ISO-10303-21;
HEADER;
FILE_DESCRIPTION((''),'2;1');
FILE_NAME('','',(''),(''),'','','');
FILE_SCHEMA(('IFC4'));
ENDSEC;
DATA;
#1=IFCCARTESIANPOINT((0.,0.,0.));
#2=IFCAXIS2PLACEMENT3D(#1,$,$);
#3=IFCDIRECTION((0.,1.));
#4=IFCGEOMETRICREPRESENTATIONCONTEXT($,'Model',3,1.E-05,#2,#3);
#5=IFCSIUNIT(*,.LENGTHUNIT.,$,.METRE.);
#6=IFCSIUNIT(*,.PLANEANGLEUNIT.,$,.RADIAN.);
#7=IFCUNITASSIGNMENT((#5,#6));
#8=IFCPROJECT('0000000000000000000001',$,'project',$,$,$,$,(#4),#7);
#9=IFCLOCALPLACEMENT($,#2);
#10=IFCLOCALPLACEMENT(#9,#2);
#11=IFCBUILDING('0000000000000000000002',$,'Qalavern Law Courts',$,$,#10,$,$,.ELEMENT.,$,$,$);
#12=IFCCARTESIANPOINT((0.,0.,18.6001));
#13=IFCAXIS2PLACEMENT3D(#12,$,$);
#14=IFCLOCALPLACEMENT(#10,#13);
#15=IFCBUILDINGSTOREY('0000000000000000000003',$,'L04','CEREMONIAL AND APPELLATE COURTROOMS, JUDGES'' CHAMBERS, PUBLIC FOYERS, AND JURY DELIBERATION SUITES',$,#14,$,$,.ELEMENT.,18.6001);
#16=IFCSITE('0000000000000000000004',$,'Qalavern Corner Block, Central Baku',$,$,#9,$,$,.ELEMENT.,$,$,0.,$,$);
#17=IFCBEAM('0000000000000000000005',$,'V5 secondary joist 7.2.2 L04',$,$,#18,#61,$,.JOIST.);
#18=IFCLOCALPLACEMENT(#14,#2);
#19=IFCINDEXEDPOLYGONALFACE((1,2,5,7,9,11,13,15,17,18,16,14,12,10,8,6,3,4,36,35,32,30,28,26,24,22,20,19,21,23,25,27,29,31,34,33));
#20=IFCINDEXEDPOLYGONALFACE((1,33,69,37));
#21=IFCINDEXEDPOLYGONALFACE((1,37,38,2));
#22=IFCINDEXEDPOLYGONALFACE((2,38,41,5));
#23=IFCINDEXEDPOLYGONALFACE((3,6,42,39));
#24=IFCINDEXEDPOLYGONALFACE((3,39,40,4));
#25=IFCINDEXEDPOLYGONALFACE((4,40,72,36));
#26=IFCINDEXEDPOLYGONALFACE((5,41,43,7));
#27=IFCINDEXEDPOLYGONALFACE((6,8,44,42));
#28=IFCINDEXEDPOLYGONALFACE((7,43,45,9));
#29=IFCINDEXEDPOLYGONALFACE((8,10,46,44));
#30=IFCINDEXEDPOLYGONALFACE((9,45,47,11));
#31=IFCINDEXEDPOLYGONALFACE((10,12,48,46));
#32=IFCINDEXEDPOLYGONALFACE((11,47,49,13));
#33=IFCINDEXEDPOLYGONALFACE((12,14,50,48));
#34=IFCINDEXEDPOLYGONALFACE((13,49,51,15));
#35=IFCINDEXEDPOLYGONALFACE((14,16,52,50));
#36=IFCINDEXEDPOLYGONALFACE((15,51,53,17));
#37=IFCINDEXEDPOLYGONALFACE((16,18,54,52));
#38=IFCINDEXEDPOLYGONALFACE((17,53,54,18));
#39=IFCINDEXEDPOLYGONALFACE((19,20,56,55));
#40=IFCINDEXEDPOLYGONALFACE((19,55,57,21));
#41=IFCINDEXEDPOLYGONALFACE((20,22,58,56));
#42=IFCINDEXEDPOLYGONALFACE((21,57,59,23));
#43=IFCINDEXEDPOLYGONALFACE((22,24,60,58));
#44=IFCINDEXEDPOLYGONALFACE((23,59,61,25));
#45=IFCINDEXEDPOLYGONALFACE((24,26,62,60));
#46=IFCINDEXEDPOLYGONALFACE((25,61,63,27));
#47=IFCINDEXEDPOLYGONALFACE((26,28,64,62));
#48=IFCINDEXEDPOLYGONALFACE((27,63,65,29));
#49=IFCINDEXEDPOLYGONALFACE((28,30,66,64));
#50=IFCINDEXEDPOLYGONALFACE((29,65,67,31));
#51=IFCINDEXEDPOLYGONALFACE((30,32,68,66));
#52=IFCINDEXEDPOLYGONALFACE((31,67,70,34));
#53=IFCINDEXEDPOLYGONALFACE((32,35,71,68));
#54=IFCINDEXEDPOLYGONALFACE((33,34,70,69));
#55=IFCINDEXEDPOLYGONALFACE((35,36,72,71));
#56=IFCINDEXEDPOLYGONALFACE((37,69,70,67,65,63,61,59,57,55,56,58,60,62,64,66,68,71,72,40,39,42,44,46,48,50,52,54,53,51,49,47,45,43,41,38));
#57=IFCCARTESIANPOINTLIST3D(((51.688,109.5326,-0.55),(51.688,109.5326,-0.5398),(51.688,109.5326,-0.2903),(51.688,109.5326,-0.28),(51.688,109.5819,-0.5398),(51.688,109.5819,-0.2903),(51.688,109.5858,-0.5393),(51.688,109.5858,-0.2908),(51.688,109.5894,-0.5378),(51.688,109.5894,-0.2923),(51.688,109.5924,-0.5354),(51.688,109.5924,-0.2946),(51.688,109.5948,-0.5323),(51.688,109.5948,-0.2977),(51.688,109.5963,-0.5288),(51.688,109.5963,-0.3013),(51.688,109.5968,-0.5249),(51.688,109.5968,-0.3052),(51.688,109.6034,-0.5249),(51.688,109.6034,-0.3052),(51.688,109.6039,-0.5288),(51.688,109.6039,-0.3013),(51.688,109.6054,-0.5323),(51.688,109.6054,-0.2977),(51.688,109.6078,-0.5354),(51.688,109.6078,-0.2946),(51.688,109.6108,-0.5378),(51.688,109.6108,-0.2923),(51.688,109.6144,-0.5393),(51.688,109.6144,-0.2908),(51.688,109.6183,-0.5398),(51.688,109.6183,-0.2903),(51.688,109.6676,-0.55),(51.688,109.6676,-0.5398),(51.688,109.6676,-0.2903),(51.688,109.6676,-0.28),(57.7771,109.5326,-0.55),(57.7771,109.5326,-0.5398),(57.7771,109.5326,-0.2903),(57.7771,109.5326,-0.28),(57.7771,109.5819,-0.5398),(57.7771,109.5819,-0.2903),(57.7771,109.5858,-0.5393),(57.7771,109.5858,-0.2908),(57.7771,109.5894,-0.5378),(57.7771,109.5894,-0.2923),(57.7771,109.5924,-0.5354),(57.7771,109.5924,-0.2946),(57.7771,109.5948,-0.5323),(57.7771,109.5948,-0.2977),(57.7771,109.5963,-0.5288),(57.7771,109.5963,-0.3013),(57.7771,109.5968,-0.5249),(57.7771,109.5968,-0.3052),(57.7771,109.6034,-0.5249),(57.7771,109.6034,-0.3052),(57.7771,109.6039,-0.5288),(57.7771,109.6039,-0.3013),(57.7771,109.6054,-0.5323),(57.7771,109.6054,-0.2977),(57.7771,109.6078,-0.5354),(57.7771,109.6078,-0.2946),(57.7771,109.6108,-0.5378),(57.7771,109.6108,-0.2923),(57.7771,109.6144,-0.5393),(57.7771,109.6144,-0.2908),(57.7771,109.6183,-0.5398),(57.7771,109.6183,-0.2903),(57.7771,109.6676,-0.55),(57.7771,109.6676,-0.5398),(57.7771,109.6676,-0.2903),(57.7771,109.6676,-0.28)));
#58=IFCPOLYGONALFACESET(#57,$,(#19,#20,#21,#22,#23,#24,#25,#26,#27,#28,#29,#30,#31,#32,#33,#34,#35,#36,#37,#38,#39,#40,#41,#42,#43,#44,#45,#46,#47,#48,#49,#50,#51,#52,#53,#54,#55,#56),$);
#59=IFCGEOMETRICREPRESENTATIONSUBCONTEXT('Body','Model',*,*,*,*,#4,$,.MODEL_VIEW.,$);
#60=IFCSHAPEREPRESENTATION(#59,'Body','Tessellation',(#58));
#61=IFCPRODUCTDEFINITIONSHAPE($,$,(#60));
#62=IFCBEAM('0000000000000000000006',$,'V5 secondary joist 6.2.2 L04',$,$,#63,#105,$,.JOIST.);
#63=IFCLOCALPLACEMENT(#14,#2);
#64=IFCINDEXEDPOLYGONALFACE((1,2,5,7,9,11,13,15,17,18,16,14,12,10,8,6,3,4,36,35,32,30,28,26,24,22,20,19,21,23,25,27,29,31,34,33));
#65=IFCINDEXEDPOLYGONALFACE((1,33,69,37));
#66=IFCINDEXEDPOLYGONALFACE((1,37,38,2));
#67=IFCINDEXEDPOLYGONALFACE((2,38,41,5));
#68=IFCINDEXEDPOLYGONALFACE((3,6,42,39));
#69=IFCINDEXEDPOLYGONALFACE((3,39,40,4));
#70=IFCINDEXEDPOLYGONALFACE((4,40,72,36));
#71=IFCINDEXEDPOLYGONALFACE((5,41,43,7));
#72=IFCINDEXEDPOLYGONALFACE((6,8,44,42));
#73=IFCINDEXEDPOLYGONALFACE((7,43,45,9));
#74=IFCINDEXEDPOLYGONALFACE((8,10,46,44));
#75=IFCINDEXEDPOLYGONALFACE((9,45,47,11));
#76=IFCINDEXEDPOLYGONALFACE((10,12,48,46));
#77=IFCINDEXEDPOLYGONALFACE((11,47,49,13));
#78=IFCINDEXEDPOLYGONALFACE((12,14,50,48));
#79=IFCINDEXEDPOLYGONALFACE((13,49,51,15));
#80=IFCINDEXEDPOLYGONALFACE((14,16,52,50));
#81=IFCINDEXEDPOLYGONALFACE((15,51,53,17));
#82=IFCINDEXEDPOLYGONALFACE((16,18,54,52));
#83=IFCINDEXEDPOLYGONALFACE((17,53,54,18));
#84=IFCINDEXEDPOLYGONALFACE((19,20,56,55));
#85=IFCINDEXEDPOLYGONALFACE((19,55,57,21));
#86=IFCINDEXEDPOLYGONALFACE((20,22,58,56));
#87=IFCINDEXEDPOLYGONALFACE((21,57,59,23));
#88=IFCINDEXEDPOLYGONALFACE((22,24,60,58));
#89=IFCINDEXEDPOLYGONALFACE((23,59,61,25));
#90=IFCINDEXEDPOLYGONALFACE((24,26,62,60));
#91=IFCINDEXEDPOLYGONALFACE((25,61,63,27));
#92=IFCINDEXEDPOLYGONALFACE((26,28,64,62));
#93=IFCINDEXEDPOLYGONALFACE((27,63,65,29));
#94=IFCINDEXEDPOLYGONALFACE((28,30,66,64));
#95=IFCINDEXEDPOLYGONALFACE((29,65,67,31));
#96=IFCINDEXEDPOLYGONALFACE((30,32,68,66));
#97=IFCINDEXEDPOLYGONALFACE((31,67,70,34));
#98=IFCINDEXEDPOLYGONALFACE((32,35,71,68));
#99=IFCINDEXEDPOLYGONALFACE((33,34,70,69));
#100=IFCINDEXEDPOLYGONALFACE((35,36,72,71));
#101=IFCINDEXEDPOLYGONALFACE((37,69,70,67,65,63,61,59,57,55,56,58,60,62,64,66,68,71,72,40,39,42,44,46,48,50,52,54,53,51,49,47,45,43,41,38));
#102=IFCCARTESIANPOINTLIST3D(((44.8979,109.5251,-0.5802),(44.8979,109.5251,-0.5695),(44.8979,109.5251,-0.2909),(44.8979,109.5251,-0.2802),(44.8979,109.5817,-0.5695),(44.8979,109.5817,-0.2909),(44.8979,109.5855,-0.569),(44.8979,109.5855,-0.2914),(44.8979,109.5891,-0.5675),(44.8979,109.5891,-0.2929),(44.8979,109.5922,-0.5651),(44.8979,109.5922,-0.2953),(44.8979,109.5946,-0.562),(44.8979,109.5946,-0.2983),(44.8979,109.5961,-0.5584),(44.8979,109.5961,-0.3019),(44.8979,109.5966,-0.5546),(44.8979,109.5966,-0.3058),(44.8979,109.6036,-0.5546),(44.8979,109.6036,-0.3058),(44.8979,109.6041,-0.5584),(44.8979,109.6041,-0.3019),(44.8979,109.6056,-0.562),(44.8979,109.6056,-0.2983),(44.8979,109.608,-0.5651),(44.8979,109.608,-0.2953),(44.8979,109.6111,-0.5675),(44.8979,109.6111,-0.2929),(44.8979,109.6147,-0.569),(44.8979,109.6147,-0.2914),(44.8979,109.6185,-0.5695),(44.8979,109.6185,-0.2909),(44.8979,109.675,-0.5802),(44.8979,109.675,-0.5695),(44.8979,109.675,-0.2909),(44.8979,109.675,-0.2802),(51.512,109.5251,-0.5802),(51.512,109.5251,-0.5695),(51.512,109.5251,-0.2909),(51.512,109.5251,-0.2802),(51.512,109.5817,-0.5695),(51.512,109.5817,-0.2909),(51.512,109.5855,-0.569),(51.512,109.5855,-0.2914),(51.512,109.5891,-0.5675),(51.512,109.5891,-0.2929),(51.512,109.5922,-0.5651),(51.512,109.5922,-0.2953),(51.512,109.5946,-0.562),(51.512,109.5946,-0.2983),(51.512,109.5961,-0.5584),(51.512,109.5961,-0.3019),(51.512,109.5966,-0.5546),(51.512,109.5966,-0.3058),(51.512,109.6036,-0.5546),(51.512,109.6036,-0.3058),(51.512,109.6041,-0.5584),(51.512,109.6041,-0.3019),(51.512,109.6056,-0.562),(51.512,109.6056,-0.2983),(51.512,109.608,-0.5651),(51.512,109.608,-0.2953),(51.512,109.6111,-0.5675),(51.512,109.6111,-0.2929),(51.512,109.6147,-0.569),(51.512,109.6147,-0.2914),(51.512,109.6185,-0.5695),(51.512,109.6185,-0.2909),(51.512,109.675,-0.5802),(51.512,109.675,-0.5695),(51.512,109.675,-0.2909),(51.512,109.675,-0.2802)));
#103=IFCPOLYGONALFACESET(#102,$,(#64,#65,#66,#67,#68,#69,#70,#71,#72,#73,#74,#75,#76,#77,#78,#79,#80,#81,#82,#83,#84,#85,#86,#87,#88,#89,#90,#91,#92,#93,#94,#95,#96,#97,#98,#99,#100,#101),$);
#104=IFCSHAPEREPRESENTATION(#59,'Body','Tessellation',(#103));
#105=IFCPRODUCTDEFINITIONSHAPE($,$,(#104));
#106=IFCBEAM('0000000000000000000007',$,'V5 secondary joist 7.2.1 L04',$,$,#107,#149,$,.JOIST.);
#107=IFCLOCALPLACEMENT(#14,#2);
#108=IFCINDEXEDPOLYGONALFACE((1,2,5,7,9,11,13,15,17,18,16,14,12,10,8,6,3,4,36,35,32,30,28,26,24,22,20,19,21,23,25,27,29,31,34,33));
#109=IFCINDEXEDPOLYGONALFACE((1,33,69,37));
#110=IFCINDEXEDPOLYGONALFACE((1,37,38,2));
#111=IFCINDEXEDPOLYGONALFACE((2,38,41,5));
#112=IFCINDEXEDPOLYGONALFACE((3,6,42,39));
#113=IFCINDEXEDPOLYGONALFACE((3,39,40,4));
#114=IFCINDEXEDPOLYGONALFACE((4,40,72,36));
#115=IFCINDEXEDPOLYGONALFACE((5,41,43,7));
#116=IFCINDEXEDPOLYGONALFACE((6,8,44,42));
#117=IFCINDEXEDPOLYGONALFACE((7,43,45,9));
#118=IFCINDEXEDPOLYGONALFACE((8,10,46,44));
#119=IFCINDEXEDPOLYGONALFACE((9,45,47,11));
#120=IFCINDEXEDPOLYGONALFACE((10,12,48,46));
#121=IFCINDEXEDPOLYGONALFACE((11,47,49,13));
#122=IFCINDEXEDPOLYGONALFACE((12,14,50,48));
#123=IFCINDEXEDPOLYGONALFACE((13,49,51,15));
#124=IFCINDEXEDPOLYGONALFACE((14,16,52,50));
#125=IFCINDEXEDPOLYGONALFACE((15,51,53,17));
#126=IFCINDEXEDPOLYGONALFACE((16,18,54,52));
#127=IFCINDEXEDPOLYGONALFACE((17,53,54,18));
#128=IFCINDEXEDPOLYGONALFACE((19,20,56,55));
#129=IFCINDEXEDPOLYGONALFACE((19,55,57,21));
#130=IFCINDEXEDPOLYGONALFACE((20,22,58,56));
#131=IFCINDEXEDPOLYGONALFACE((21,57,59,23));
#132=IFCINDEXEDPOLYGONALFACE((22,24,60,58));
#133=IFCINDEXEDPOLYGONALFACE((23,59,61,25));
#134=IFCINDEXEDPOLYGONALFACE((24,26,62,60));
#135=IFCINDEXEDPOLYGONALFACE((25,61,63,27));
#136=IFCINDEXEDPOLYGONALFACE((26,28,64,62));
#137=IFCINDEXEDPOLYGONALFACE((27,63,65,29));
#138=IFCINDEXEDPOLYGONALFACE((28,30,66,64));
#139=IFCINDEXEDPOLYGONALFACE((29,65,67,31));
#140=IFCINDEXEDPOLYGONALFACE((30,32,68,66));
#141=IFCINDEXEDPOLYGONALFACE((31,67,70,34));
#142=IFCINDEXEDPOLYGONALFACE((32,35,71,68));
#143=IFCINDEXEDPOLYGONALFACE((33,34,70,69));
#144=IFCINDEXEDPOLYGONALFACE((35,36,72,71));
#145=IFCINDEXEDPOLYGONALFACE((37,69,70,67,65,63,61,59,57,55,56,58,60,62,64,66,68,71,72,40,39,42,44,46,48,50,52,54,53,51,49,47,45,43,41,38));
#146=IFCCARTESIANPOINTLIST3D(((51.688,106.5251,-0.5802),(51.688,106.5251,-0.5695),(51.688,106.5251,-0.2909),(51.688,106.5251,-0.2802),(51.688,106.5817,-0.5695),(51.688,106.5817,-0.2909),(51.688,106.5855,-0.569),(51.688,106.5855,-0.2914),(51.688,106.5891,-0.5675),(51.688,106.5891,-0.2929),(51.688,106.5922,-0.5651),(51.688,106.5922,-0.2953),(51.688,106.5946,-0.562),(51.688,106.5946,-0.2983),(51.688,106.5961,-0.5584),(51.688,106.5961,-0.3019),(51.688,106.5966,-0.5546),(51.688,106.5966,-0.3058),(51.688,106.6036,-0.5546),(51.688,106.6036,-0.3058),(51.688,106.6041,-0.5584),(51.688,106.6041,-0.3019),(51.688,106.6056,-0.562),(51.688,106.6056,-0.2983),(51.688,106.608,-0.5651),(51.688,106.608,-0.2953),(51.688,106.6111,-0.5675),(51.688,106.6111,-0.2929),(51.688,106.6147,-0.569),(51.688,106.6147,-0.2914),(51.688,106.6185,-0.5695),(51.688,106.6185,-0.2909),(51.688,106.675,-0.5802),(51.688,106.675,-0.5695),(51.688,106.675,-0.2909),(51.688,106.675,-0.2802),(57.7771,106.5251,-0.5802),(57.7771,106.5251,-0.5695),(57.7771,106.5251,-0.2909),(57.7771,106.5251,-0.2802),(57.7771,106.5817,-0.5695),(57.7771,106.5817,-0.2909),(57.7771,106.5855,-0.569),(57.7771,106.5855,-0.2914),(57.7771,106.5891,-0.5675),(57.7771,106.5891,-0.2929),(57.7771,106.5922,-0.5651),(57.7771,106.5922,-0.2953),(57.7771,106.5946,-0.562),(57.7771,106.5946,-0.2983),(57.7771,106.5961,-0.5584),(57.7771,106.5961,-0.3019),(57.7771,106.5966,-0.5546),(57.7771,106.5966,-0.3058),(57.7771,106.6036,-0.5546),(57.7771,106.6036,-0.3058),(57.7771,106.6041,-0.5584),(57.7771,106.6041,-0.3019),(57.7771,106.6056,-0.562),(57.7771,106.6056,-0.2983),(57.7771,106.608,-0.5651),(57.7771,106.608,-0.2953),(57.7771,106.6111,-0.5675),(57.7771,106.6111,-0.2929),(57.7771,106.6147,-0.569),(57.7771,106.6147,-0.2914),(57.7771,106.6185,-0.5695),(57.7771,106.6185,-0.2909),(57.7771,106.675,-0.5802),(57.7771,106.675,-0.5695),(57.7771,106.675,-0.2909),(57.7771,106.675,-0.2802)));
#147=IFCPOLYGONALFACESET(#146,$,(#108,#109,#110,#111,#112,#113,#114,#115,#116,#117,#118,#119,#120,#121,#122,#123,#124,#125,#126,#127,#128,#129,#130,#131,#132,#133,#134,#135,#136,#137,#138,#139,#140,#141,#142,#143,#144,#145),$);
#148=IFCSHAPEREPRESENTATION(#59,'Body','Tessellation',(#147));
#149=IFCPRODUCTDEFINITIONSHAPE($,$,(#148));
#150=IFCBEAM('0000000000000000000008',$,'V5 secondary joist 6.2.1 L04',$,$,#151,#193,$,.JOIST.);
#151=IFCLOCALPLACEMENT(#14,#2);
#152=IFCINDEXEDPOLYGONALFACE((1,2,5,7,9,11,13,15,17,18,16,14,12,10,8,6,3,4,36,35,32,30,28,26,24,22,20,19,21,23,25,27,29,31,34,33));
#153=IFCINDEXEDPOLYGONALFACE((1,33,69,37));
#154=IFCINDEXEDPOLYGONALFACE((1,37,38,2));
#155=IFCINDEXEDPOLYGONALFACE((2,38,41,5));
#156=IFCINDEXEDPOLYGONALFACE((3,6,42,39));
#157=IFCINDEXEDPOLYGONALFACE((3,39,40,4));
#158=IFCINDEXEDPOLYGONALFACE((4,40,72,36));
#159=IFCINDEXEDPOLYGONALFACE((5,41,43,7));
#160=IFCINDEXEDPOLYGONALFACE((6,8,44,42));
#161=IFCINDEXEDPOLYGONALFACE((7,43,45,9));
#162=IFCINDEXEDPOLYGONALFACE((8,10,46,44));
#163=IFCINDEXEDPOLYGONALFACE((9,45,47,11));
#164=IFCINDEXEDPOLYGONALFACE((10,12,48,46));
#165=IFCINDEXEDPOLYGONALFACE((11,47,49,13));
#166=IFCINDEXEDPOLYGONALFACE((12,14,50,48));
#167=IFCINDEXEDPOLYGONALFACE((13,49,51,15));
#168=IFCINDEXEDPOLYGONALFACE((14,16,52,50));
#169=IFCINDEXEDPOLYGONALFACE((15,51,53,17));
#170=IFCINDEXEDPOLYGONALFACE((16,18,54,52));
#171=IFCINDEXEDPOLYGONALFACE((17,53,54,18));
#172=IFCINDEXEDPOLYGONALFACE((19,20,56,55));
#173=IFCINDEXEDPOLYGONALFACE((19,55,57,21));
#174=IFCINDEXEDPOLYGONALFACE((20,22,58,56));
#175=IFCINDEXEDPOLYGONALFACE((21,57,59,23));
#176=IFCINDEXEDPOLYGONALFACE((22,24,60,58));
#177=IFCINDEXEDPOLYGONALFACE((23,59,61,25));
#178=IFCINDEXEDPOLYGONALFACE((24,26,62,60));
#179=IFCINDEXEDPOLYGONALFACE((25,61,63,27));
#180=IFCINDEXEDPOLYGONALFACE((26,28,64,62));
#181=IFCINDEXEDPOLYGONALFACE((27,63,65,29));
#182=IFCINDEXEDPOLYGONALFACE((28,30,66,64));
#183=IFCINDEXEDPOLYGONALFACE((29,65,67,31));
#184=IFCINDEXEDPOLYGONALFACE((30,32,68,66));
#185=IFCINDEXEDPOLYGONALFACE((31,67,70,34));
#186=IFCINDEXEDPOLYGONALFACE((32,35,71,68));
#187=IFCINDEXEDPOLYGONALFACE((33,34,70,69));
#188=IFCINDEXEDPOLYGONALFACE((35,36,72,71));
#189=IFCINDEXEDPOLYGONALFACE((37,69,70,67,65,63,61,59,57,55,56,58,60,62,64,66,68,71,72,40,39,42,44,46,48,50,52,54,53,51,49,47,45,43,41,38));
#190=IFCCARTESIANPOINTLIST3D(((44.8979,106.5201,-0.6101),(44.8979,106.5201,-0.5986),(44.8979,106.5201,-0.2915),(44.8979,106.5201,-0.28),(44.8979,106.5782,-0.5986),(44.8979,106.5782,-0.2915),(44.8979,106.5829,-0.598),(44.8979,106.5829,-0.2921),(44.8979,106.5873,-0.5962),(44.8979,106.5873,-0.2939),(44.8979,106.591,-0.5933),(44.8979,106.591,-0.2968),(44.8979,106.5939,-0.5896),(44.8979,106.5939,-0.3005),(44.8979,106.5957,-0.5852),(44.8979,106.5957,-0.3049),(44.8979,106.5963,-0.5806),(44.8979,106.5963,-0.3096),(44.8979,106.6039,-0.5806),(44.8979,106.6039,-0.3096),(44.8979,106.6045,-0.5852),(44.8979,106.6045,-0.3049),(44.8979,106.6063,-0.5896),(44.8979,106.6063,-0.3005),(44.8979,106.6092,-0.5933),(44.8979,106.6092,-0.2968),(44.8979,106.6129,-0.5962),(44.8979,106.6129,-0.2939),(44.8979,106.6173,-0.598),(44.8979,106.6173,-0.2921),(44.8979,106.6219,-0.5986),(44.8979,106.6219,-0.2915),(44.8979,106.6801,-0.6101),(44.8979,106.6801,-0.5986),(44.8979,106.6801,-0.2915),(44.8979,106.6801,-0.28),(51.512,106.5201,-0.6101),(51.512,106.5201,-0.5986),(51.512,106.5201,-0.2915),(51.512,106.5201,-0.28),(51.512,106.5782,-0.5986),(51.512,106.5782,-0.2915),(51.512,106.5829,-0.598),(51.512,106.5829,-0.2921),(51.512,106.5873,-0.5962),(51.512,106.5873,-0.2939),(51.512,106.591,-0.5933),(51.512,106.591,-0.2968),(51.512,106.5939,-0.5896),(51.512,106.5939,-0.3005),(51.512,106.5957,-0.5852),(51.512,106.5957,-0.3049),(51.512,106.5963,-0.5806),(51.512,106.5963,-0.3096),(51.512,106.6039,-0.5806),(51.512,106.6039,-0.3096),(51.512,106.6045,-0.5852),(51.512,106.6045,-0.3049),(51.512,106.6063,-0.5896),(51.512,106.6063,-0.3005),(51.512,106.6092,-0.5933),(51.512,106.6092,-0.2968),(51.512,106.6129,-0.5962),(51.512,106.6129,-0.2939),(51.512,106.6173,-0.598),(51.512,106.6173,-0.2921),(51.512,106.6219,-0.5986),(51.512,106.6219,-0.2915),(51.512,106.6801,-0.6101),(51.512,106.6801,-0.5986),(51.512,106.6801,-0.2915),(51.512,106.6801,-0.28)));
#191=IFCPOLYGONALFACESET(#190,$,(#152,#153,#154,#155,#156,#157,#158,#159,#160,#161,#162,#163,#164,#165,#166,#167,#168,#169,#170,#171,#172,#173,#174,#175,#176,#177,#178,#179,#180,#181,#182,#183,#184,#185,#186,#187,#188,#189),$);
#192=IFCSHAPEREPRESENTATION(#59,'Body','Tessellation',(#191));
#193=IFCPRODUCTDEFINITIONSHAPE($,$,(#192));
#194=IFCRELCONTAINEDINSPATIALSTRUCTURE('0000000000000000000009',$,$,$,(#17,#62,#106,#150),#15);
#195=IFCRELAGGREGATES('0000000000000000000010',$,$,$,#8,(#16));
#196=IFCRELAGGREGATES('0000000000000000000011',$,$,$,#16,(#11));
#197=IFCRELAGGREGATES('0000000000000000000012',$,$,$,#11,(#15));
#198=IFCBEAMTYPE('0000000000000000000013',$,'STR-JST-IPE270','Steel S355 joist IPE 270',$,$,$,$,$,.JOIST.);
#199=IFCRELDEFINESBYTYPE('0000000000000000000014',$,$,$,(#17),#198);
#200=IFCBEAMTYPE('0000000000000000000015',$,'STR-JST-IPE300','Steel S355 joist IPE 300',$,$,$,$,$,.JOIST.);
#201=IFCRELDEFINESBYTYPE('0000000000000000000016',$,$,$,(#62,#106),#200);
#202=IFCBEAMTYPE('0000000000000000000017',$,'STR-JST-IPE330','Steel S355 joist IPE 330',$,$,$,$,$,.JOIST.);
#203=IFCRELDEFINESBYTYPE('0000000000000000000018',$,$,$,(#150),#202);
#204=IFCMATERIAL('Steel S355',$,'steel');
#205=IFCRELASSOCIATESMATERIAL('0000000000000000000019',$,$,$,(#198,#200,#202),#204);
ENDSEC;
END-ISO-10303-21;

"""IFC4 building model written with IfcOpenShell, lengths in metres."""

from ifc_helpers import new_model, si_unit, direction, frame, origin, origin_2d, place, context, subcontext, project, spatial, i_section, extrude, material, material_profile, profile_set, type_object, element, save


model = new_model("IFC4")

# Units and contexts
model_context = context("Model", 3, precision=1e-05, world=origin(), true_north=direction((0.0, 1.0)))
body_context = subcontext(model_context, "Body", "Model", "MODEL_VIEW")
ifc_project = project(units=[si_unit("LENGTHUNIT", "METRE"), si_unit("PLANEANGLEUNIT", "RADIAN")], contexts=[model_context])

# Site, building, storey
site_placement = place(None, origin())
site = spatial("IfcSite", under=ifc_project, at=site_placement, Name="Qalavern Corner Block, Central Baku", CompositionType="ELEMENT", RefElevation=0.0)
building_placement = place(site_placement, origin())
building = spatial("IfcBuilding", under=site, at=building_placement, Name="Qalavern Law Courts", CompositionType="ELEMENT")
storey_placement = place(building_placement, frame((0.0, 0.0, 18.6001)))
storey = spatial("IfcBuildingStorey", under=building, at=storey_placement, Name="L04", Description="CEREMONIAL AND APPELLATE COURTROOMS, JUDGES' CHAMBERS, PUBLIC FOYERS, AND JURY DELIBERATION SUITES", CompositionType="ELEMENT", Elevation=18.6001)

# Beams
ifc_material_1 = material(Name="Steel S355", Category="steel")
ifc_material_profile_1 = material_profile(ifc_material_1, i_section(OverallWidth=0.135, OverallDepth=0.27, WebThickness=0.0066, FlangeThickness=0.0103, FilletRadius=0.0149, at=origin_2d()), Name="IPE 270")
ifc_profile_set_1 = profile_set([ifc_material_profile_1], Name="Steel S355")
beam_type_1 = type_object("IfcBeamType", Name="STR-JST-IPE270", Description="Steel S355 joist IPE 270", PredefinedType="JOIST", material=ifc_profile_set_1)
beam_1_placement = place(storey_placement, frame((51.688, 109.6001, -0.415), z_axis=(1.0, 0.0, 0.0), x_axis=(0.0, 1.0, 0.0)))
element("IfcBeam", 1, at=beam_1_placement, inside=storey, type_object=beam_type_1, Name="V5 secondary joist 7.2.2 L04", PredefinedType="JOIST", context=body_context, shape_type="SweptSolid", body=[
    extrude(i_section(OverallWidth=0.135, OverallDepth=0.27, WebThickness=0.0066, FlangeThickness=0.0103, FilletRadius=0.0149, at=origin_2d()), origin(), (0.0, 0.0, 1.0), 6.0891),
])
ifc_material_profile_2 = material_profile(ifc_material_1, i_section(OverallWidth=0.1499, OverallDepth=0.3, WebThickness=0.0071, FlangeThickness=0.0107, FilletRadius=0.0149, at=origin_2d()), Name="IPE 300")
ifc_profile_set_2 = profile_set([ifc_material_profile_2], Name="Steel S355")
beam_type_2 = type_object("IfcBeamType", Name="STR-JST-IPE300", Description="Steel S355 joist IPE 300", PredefinedType="JOIST", material=ifc_profile_set_2)
beam_2_placement = place(storey_placement, frame((44.8979, 109.6001, -0.4302), z_axis=(1.0, 0.0, 0.0), x_axis=(0.0, 1.0, 0.0)))
element("IfcBeam", 2, at=beam_2_placement, inside=storey, type_object=beam_type_2, Name="V5 secondary joist 6.2.2 L04", PredefinedType="JOIST", context=body_context, shape_type="SweptSolid", body=[
    extrude(i_section(OverallWidth=0.1499, OverallDepth=0.3, WebThickness=0.0071, FlangeThickness=0.0107, FilletRadius=0.0149, at=origin_2d()), origin(), (0.0, 0.0, 1.0), 6.614),
])
beam_3_placement = place(storey_placement, frame((51.688, 106.6001, -0.4302), z_axis=(1.0, 0.0, 0.0), x_axis=(0.0, 1.0, 0.0)))
element("IfcBeam", 3, at=beam_3_placement, inside=storey, type_object=beam_type_2, Name="V5 secondary joist 7.2.1 L04", PredefinedType="JOIST", context=body_context, shape_type="SweptSolid", body=[
    extrude(i_section(OverallWidth=0.1499, OverallDepth=0.3, WebThickness=0.0071, FlangeThickness=0.0107, FilletRadius=0.0149, at=origin_2d()), origin(), (0.0, 0.0, 1.0), 6.0891),
])
ifc_material_profile_3 = material_profile(ifc_material_1, i_section(OverallWidth=0.1599, OverallDepth=0.3301, WebThickness=0.0076, FlangeThickness=0.0115, FilletRadius=0.0181, at=origin_2d()), Name="IPE 330")
ifc_profile_set_3 = profile_set([ifc_material_profile_3], Name="Steel S355")
beam_type_3 = type_object("IfcBeamType", Name="STR-JST-IPE330", Description="Steel S355 joist IPE 330", PredefinedType="JOIST", material=ifc_profile_set_3)
beam_4_placement = place(storey_placement, frame((44.8979, 106.6001, -0.4451), z_axis=(1.0, 0.0, 0.0), x_axis=(0.0, 1.0, 0.0)))
element("IfcBeam", 4, at=beam_4_placement, inside=storey, type_object=beam_type_3, Name="V5 secondary joist 6.2.1 L04", PredefinedType="JOIST", context=body_context, shape_type="SweptSolid", body=[
    extrude(i_section(OverallWidth=0.1599, OverallDepth=0.3301, WebThickness=0.0076, FlangeThickness=0.0115, FilletRadius=0.0181, at=origin_2d()), origin(), (0.0, 0.0, 1.0), 6.614),
])

save(model, "model.ifc")
